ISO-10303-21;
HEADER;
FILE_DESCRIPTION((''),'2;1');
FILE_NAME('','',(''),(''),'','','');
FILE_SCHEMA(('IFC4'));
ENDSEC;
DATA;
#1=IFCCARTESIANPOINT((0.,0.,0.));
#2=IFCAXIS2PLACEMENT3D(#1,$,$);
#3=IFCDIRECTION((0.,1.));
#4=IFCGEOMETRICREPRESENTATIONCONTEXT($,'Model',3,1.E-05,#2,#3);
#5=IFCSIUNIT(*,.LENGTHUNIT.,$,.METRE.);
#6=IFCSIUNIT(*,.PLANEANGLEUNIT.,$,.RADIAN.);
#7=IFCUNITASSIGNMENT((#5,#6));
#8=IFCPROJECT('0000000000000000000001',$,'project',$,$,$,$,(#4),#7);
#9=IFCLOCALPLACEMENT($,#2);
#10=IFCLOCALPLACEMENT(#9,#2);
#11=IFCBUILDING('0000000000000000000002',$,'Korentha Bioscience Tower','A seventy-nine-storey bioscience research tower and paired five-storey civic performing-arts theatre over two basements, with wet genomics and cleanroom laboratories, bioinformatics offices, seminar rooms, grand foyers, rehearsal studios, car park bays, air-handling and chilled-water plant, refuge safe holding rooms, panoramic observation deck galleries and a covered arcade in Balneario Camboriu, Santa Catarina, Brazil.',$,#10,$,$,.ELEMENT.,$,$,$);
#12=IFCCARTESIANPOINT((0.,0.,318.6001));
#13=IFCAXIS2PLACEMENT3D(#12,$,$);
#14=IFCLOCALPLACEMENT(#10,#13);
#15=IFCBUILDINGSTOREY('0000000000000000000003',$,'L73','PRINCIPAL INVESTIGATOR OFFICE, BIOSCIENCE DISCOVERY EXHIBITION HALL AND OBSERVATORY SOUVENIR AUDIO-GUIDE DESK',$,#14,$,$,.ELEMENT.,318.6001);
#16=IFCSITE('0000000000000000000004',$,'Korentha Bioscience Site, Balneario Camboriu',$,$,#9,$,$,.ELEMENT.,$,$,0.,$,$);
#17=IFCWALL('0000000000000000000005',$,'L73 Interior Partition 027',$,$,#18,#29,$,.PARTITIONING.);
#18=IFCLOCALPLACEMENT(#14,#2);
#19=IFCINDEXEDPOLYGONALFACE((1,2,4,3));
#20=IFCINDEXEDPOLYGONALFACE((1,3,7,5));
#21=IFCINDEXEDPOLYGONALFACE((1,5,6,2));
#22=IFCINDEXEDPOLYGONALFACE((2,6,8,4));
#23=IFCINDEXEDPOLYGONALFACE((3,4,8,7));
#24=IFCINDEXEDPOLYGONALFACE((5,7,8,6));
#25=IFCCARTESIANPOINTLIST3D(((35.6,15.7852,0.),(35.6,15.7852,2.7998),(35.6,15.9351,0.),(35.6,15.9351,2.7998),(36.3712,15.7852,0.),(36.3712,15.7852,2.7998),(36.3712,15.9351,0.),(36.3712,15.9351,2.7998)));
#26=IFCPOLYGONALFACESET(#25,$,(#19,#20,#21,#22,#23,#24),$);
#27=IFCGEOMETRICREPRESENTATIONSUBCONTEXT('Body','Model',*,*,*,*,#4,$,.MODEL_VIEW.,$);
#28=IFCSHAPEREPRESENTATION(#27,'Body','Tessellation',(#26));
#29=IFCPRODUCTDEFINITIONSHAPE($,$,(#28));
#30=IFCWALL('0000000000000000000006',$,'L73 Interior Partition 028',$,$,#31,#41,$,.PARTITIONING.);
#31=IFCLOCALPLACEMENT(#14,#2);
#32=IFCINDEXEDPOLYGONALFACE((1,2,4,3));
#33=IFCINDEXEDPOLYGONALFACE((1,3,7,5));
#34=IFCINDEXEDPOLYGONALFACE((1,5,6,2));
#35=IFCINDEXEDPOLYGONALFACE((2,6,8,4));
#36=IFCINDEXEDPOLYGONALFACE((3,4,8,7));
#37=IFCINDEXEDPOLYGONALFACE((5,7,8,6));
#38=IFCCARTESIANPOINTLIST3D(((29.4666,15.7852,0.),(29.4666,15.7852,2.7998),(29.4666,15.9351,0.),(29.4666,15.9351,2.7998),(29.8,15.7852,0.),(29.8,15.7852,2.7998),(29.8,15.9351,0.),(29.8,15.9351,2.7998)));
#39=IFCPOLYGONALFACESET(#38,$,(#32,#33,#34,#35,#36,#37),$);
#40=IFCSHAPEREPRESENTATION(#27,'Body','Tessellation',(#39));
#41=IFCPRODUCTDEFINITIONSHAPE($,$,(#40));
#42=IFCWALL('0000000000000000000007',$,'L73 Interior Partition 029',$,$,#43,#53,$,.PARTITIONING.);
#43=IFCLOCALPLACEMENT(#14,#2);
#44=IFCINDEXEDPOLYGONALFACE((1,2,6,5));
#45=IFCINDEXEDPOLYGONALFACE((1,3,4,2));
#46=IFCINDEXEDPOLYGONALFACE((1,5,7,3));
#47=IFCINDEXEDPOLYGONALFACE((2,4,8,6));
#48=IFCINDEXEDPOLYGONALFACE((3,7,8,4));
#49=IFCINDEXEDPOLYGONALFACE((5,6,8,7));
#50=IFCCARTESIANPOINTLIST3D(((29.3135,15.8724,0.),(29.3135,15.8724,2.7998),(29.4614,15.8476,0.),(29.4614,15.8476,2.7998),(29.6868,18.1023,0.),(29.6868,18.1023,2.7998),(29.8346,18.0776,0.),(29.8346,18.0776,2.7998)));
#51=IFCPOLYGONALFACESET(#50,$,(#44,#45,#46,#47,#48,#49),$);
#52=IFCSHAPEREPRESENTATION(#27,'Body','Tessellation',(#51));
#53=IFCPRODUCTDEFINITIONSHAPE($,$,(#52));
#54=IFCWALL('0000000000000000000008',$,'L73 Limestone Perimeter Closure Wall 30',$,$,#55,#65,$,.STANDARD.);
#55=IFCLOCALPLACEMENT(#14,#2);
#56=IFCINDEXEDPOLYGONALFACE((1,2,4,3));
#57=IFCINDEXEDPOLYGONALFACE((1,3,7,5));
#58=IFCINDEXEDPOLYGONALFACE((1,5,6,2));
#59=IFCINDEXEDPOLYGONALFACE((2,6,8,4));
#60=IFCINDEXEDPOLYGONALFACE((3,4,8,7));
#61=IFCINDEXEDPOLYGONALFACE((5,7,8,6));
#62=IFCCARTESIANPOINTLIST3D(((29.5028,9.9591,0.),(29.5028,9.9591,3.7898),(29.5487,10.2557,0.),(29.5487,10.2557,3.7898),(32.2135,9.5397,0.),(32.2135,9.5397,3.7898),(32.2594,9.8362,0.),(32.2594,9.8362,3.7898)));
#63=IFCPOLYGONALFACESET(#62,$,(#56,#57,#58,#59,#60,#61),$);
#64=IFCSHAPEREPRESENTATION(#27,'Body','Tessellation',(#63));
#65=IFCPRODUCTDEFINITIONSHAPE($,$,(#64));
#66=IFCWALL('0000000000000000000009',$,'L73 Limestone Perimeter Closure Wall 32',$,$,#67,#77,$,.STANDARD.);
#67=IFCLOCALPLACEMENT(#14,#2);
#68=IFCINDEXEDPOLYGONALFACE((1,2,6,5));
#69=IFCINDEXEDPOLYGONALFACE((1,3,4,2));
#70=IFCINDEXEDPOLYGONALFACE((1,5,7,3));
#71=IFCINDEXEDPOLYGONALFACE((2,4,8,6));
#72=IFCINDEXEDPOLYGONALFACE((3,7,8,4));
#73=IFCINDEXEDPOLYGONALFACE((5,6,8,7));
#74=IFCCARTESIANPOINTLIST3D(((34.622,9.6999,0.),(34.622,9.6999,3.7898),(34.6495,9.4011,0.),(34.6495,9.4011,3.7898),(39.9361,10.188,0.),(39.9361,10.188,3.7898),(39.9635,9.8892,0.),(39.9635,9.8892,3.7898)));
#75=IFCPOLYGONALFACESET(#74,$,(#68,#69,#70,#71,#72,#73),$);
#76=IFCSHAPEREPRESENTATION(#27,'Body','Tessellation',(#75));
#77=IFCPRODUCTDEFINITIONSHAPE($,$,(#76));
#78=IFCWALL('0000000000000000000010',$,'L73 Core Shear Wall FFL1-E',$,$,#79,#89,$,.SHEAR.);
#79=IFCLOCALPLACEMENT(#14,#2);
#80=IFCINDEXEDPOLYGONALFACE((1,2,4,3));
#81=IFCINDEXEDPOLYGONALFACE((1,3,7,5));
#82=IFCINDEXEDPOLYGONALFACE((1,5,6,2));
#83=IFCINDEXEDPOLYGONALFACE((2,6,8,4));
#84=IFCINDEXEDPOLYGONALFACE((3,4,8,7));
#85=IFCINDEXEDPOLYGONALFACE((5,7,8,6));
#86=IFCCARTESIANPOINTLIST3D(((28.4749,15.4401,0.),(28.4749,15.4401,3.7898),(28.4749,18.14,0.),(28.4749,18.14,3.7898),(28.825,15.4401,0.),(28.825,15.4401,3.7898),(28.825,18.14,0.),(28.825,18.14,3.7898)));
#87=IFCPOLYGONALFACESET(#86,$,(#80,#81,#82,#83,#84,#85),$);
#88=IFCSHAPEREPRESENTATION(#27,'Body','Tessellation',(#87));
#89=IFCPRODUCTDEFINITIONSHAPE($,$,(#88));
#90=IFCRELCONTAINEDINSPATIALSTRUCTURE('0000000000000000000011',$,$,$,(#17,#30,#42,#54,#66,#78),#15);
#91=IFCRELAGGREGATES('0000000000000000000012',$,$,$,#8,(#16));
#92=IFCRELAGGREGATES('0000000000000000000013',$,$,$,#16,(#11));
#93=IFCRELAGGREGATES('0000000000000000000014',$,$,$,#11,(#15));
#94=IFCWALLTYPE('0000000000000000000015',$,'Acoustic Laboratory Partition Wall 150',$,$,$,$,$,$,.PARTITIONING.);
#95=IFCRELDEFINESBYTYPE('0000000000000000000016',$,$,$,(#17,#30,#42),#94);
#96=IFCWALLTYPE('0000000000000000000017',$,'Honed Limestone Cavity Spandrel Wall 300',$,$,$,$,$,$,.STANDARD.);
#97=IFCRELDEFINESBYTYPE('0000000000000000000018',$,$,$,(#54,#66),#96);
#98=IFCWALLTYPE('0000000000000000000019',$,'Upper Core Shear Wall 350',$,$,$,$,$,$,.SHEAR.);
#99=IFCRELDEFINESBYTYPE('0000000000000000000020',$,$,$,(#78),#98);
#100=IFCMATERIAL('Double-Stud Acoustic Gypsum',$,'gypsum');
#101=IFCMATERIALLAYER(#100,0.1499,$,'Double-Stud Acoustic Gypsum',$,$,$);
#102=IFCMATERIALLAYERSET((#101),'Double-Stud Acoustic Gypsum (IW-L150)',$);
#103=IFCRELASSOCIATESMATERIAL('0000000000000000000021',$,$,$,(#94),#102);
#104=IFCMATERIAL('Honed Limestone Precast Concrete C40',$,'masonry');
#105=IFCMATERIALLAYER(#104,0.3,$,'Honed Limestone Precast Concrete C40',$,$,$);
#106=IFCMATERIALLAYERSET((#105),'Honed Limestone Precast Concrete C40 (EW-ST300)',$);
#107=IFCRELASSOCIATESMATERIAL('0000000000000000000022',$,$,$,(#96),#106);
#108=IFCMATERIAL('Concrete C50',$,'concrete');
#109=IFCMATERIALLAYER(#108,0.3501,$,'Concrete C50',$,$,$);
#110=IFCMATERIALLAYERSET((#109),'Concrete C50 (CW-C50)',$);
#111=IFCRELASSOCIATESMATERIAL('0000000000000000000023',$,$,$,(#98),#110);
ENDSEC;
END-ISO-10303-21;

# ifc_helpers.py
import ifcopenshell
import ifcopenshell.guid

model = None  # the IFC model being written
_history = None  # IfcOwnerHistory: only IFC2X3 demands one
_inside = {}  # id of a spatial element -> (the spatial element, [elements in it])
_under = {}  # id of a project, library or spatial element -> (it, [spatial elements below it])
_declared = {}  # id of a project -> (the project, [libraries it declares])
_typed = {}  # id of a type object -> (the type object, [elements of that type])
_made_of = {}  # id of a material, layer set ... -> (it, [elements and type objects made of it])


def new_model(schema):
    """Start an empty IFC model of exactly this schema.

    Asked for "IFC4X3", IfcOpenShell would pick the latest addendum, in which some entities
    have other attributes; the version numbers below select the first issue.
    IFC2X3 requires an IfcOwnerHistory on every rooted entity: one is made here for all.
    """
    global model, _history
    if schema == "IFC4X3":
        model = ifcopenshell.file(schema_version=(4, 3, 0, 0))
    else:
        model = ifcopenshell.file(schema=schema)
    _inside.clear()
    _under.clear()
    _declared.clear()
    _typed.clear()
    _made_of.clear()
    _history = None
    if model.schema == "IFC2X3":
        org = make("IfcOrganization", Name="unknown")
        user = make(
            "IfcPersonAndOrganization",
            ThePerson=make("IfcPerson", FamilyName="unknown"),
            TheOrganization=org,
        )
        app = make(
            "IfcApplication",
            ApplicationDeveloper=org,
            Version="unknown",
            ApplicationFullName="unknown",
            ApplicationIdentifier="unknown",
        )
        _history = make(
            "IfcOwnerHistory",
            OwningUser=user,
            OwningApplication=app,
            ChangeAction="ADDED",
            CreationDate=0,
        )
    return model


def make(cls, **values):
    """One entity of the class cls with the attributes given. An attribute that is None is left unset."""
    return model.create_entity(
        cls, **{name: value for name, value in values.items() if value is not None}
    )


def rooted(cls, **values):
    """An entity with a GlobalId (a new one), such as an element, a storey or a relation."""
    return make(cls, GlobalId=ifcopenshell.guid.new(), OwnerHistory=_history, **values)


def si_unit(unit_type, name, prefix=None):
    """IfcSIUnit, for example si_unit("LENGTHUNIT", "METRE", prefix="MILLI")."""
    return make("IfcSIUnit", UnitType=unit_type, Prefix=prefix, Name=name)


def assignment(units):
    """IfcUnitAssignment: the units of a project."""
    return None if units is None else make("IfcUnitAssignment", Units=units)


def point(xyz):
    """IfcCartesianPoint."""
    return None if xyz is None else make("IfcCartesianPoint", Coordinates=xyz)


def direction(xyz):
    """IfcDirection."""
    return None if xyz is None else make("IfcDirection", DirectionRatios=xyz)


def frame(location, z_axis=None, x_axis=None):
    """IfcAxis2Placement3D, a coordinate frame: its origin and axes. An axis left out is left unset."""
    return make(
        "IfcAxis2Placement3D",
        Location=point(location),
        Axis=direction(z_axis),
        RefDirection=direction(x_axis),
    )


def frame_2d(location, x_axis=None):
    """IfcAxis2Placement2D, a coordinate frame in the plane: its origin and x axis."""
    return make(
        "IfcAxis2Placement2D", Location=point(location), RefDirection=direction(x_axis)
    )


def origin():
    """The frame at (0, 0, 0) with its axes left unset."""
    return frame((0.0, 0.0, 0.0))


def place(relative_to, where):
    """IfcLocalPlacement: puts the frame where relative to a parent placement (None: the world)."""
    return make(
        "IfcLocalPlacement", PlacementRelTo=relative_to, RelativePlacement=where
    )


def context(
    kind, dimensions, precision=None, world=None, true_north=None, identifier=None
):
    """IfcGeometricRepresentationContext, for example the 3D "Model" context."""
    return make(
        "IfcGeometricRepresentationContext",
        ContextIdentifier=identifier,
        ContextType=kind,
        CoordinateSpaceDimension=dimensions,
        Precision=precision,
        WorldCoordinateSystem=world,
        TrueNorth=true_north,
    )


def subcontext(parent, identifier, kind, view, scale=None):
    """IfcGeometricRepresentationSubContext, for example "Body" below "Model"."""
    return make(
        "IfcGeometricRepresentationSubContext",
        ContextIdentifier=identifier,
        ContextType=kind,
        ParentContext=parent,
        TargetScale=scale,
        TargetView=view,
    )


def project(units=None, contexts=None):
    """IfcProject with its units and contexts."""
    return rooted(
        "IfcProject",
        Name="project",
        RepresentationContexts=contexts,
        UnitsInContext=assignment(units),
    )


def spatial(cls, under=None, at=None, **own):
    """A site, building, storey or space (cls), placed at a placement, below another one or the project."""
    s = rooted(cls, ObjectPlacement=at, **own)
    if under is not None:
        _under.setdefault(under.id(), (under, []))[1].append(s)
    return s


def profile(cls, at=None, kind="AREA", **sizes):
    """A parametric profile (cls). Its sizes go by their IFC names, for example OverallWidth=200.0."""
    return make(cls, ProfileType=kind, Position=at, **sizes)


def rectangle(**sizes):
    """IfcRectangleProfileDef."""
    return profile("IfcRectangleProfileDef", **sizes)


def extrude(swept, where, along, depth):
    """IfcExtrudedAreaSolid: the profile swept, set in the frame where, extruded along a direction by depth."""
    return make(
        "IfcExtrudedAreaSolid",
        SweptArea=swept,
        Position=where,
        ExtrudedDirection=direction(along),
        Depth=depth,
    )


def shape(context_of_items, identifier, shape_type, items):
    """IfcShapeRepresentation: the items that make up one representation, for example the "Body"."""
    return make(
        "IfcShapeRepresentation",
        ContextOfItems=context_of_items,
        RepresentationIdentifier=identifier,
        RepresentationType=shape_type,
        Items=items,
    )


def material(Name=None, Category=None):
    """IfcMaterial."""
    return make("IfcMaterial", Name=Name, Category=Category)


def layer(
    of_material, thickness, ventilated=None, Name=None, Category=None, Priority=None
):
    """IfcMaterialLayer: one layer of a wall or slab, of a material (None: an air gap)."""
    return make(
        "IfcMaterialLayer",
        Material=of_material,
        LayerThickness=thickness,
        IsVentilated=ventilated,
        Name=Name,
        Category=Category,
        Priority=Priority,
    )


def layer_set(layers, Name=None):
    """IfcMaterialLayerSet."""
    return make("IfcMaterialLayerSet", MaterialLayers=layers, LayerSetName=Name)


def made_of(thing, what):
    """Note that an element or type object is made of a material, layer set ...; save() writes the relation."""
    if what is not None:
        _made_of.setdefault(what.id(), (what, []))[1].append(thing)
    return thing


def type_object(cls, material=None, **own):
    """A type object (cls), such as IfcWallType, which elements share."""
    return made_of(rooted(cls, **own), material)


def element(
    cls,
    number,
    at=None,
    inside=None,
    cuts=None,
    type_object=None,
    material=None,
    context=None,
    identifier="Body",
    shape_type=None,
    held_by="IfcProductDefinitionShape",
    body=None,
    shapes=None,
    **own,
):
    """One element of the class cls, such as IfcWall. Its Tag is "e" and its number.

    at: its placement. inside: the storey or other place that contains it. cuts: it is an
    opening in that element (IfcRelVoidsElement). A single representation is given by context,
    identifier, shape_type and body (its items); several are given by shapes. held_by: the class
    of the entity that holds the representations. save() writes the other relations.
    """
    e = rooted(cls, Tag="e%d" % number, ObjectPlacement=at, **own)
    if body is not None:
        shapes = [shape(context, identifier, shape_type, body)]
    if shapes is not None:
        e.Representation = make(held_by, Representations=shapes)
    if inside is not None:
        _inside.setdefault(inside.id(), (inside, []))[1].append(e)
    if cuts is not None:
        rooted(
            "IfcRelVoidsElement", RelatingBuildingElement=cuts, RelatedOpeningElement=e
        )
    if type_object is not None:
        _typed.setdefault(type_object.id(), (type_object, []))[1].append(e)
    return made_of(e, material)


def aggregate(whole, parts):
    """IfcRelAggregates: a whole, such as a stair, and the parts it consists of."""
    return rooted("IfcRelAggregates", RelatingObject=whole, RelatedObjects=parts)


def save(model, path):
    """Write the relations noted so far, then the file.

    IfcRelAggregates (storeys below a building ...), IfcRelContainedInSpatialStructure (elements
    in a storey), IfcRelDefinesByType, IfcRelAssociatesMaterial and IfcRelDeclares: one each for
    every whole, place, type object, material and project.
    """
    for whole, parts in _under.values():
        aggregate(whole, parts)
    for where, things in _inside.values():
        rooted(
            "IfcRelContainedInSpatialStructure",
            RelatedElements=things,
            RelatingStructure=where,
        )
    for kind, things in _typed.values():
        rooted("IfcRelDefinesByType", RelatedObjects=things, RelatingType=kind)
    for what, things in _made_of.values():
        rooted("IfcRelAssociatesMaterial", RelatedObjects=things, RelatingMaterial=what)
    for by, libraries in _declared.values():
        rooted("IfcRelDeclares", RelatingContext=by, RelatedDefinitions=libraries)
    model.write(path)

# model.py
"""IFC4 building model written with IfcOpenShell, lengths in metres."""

from ifc_helpers import new_model, si_unit, direction, frame, frame_2d, origin, place, context, subcontext, project, spatial, rectangle, extrude, material, layer, layer_set, type_object, element, save


model = new_model("IFC4")

# Units and contexts
model_context = context("Model", 3, precision=1e-05, world=origin(), true_north=direction((0.0, 1.0)))
body_context = subcontext(model_context, "Body", "Model", "MODEL_VIEW")
ifc_project = project(units=[si_unit("LENGTHUNIT", "METRE"), si_unit("PLANEANGLEUNIT", "RADIAN")], contexts=[model_context])

# Site, building, storey
site_placement = place(None, origin())
site = spatial("IfcSite", under=ifc_project, at=site_placement, Name="Korentha Bioscience Site, Balneario Camboriu", CompositionType="ELEMENT", RefElevation=0.0)
building_placement = place(site_placement, origin())
building = spatial("IfcBuilding", under=site, at=building_placement, Name="Korentha Bioscience Tower", Description="A seventy-nine-storey bioscience research tower and paired five-storey civic performing-arts theatre over two basements, with wet genomics and cleanroom laboratories, bioinformatics offices, seminar rooms, grand foyers, rehearsal studios, car park bays, air-handling and chilled-water plant, refuge safe holding rooms, panoramic observation deck galleries and a covered arcade in Balneario Camboriu, Santa Catarina, Brazil.", CompositionType="ELEMENT")
storey_placement = place(building_placement, frame((0.0, 0.0, 318.6001)))
storey = spatial("IfcBuildingStorey", under=building, at=storey_placement, Name="L73", Description="PRINCIPAL INVESTIGATOR OFFICE, BIOSCIENCE DISCOVERY EXHIBITION HALL AND OBSERVATORY SOUVENIR AUDIO-GUIDE DESK", CompositionType="ELEMENT", Elevation=318.6001)

# Shared definitions
ifc_material_1 = material(Name="Concrete C50", Category="concrete")

# Shared definitions
ifc_material_2 = material(Name="Double-Stud Acoustic Gypsum", Category="gypsum")
ifc_layer_1 = layer(ifc_material_2, 0.1499, Name="Double-Stud Acoustic Gypsum")
ifc_layer_set_1 = layer_set([ifc_layer_1], Name="Double-Stud Acoustic Gypsum (IW-L150)")
wall_type_1 = type_object("IfcWallType", Name="Acoustic Laboratory Partition Wall 150", PredefinedType="PARTITIONING", material=ifc_layer_set_1)

# Walls
wall_1_placement = place(storey_placement, frame((36.3713, 15.8601, 0.0), z_axis=(0.0, 0.0, 1.0), x_axis=(-1.0, 0.0, 0.0)))
element("IfcWall", 1, at=wall_1_placement, inside=storey, type_object=wall_type_1, Name="L73 Interior Partition 027", PredefinedType="PARTITIONING", context=body_context, shape_type="SweptSolid", body=[
    extrude(rectangle(XDim=0.7712, YDim=0.1499, at=frame_2d((0.3857, 0.0))), origin(), (0.0, 0.0, 1.0), 2.7998),
])
wall_2_placement = place(storey_placement, frame((29.8, 15.8601, 0.0), z_axis=(0.0, 0.0, 1.0), x_axis=(-1.0, 0.0, 0.0)))
element("IfcWall", 2, at=wall_2_placement, inside=storey, type_object=wall_type_1, Name="L73 Interior Partition 028", PredefinedType="PARTITIONING", context=body_context, shape_type="SweptSolid", body=[
    extrude(rectangle(XDim=0.3335, YDim=0.1499, at=frame_2d((0.1667, 0.0))), origin(), (0.0, 0.0, 1.0), 2.7998),
])
wall_3_placement = place(storey_placement, frame((29.3875, 15.8601, 0.0), z_axis=(0.0, 0.0, 1.0), x_axis=(0.165099, 0.986277, 0.0)))
element("IfcWall", 3, at=wall_3_placement, inside=storey, type_object=wall_type_1, Name="L73 Interior Partition 029", PredefinedType="PARTITIONING", context=body_context, shape_type="SweptSolid", body=[
    extrude(rectangle(XDim=2.261, YDim=0.1499, at=frame_2d((1.1304, 0.0))), origin(), (0.0, 0.0, 1.0), 2.7998),
])
ifc_material_3 = material(Name="Honed Limestone Precast Concrete C40", Category="masonry")
ifc_layer_2 = layer(ifc_material_3, 0.3, Name="Honed Limestone Precast Concrete C40")
ifc_layer_set_2 = layer_set([ifc_layer_2], Name="Honed Limestone Precast Concrete C40 (EW-ST300)")
wall_type_2 = type_object("IfcWallType", Name="Honed Limestone Cavity Spandrel Wall 300", PredefinedType="STANDARD", material=ifc_layer_set_2)
wall_4_placement = place(storey_placement, frame((29.5256, 10.1074, 0.0), z_axis=(0.0, 0.0, 1.0), x_axis=(0.98824, -0.152913, 0.0)))
element("IfcWall", 4, at=wall_4_placement, inside=storey, type_object=wall_type_2, Name="L73 Limestone Perimeter Closure Wall 30", PredefinedType="STANDARD", context=body_context, shape_type="SweptSolid", body=[
    extrude(rectangle(XDim=2.7429, YDim=0.3, at=frame_2d((1.3716, 0.0))), origin(), (0.0, 0.0, 1.0), 3.7898),
])
wall_5_placement = place(storey_placement, frame((34.6357, 9.5505, 0.0), z_axis=(0.0, 0.0, 1.0), x_axis=(0.995809, 0.091456, 0.0)))
element("IfcWall", 5, at=wall_5_placement, inside=storey, type_object=wall_type_2, Name="L73 Limestone Perimeter Closure Wall 32", PredefinedType="STANDARD", context=body_context, shape_type="SweptSolid", body=[
    extrude(rectangle(XDim=5.3364, YDim=0.3, at=frame_2d((2.6682, 0.0))), origin(), (0.0, 0.0, 1.0), 3.7898),
])
ifc_layer_3 = layer(ifc_material_1, 0.3501, Name="Concrete C50")
ifc_layer_set_3 = layer_set([ifc_layer_3], Name="Concrete C50 (CW-C50)")
wall_type_3 = type_object("IfcWallType", Name="Upper Core Shear Wall 350", PredefinedType="SHEAR", material=ifc_layer_set_3)
wall_6_placement = place(storey_placement, frame((28.6499, 15.4399, 0.0), z_axis=(0.0, 0.0, 1.0), x_axis=(0.0, 1.0, 0.0)))
element("IfcWall", 6, at=wall_6_placement, inside=storey, type_object=wall_type_3, Name="L73 Core Shear Wall FFL1-E", PredefinedType="SHEAR", context=body_context, shape_type="SweptSolid", body=[
    extrude(rectangle(XDim=2.7, YDim=0.3501, at=frame_2d((1.3501, 0.0))), origin(), (0.0, 0.0, 1.0), 3.7898),
])

save(model, "model.ifc")
